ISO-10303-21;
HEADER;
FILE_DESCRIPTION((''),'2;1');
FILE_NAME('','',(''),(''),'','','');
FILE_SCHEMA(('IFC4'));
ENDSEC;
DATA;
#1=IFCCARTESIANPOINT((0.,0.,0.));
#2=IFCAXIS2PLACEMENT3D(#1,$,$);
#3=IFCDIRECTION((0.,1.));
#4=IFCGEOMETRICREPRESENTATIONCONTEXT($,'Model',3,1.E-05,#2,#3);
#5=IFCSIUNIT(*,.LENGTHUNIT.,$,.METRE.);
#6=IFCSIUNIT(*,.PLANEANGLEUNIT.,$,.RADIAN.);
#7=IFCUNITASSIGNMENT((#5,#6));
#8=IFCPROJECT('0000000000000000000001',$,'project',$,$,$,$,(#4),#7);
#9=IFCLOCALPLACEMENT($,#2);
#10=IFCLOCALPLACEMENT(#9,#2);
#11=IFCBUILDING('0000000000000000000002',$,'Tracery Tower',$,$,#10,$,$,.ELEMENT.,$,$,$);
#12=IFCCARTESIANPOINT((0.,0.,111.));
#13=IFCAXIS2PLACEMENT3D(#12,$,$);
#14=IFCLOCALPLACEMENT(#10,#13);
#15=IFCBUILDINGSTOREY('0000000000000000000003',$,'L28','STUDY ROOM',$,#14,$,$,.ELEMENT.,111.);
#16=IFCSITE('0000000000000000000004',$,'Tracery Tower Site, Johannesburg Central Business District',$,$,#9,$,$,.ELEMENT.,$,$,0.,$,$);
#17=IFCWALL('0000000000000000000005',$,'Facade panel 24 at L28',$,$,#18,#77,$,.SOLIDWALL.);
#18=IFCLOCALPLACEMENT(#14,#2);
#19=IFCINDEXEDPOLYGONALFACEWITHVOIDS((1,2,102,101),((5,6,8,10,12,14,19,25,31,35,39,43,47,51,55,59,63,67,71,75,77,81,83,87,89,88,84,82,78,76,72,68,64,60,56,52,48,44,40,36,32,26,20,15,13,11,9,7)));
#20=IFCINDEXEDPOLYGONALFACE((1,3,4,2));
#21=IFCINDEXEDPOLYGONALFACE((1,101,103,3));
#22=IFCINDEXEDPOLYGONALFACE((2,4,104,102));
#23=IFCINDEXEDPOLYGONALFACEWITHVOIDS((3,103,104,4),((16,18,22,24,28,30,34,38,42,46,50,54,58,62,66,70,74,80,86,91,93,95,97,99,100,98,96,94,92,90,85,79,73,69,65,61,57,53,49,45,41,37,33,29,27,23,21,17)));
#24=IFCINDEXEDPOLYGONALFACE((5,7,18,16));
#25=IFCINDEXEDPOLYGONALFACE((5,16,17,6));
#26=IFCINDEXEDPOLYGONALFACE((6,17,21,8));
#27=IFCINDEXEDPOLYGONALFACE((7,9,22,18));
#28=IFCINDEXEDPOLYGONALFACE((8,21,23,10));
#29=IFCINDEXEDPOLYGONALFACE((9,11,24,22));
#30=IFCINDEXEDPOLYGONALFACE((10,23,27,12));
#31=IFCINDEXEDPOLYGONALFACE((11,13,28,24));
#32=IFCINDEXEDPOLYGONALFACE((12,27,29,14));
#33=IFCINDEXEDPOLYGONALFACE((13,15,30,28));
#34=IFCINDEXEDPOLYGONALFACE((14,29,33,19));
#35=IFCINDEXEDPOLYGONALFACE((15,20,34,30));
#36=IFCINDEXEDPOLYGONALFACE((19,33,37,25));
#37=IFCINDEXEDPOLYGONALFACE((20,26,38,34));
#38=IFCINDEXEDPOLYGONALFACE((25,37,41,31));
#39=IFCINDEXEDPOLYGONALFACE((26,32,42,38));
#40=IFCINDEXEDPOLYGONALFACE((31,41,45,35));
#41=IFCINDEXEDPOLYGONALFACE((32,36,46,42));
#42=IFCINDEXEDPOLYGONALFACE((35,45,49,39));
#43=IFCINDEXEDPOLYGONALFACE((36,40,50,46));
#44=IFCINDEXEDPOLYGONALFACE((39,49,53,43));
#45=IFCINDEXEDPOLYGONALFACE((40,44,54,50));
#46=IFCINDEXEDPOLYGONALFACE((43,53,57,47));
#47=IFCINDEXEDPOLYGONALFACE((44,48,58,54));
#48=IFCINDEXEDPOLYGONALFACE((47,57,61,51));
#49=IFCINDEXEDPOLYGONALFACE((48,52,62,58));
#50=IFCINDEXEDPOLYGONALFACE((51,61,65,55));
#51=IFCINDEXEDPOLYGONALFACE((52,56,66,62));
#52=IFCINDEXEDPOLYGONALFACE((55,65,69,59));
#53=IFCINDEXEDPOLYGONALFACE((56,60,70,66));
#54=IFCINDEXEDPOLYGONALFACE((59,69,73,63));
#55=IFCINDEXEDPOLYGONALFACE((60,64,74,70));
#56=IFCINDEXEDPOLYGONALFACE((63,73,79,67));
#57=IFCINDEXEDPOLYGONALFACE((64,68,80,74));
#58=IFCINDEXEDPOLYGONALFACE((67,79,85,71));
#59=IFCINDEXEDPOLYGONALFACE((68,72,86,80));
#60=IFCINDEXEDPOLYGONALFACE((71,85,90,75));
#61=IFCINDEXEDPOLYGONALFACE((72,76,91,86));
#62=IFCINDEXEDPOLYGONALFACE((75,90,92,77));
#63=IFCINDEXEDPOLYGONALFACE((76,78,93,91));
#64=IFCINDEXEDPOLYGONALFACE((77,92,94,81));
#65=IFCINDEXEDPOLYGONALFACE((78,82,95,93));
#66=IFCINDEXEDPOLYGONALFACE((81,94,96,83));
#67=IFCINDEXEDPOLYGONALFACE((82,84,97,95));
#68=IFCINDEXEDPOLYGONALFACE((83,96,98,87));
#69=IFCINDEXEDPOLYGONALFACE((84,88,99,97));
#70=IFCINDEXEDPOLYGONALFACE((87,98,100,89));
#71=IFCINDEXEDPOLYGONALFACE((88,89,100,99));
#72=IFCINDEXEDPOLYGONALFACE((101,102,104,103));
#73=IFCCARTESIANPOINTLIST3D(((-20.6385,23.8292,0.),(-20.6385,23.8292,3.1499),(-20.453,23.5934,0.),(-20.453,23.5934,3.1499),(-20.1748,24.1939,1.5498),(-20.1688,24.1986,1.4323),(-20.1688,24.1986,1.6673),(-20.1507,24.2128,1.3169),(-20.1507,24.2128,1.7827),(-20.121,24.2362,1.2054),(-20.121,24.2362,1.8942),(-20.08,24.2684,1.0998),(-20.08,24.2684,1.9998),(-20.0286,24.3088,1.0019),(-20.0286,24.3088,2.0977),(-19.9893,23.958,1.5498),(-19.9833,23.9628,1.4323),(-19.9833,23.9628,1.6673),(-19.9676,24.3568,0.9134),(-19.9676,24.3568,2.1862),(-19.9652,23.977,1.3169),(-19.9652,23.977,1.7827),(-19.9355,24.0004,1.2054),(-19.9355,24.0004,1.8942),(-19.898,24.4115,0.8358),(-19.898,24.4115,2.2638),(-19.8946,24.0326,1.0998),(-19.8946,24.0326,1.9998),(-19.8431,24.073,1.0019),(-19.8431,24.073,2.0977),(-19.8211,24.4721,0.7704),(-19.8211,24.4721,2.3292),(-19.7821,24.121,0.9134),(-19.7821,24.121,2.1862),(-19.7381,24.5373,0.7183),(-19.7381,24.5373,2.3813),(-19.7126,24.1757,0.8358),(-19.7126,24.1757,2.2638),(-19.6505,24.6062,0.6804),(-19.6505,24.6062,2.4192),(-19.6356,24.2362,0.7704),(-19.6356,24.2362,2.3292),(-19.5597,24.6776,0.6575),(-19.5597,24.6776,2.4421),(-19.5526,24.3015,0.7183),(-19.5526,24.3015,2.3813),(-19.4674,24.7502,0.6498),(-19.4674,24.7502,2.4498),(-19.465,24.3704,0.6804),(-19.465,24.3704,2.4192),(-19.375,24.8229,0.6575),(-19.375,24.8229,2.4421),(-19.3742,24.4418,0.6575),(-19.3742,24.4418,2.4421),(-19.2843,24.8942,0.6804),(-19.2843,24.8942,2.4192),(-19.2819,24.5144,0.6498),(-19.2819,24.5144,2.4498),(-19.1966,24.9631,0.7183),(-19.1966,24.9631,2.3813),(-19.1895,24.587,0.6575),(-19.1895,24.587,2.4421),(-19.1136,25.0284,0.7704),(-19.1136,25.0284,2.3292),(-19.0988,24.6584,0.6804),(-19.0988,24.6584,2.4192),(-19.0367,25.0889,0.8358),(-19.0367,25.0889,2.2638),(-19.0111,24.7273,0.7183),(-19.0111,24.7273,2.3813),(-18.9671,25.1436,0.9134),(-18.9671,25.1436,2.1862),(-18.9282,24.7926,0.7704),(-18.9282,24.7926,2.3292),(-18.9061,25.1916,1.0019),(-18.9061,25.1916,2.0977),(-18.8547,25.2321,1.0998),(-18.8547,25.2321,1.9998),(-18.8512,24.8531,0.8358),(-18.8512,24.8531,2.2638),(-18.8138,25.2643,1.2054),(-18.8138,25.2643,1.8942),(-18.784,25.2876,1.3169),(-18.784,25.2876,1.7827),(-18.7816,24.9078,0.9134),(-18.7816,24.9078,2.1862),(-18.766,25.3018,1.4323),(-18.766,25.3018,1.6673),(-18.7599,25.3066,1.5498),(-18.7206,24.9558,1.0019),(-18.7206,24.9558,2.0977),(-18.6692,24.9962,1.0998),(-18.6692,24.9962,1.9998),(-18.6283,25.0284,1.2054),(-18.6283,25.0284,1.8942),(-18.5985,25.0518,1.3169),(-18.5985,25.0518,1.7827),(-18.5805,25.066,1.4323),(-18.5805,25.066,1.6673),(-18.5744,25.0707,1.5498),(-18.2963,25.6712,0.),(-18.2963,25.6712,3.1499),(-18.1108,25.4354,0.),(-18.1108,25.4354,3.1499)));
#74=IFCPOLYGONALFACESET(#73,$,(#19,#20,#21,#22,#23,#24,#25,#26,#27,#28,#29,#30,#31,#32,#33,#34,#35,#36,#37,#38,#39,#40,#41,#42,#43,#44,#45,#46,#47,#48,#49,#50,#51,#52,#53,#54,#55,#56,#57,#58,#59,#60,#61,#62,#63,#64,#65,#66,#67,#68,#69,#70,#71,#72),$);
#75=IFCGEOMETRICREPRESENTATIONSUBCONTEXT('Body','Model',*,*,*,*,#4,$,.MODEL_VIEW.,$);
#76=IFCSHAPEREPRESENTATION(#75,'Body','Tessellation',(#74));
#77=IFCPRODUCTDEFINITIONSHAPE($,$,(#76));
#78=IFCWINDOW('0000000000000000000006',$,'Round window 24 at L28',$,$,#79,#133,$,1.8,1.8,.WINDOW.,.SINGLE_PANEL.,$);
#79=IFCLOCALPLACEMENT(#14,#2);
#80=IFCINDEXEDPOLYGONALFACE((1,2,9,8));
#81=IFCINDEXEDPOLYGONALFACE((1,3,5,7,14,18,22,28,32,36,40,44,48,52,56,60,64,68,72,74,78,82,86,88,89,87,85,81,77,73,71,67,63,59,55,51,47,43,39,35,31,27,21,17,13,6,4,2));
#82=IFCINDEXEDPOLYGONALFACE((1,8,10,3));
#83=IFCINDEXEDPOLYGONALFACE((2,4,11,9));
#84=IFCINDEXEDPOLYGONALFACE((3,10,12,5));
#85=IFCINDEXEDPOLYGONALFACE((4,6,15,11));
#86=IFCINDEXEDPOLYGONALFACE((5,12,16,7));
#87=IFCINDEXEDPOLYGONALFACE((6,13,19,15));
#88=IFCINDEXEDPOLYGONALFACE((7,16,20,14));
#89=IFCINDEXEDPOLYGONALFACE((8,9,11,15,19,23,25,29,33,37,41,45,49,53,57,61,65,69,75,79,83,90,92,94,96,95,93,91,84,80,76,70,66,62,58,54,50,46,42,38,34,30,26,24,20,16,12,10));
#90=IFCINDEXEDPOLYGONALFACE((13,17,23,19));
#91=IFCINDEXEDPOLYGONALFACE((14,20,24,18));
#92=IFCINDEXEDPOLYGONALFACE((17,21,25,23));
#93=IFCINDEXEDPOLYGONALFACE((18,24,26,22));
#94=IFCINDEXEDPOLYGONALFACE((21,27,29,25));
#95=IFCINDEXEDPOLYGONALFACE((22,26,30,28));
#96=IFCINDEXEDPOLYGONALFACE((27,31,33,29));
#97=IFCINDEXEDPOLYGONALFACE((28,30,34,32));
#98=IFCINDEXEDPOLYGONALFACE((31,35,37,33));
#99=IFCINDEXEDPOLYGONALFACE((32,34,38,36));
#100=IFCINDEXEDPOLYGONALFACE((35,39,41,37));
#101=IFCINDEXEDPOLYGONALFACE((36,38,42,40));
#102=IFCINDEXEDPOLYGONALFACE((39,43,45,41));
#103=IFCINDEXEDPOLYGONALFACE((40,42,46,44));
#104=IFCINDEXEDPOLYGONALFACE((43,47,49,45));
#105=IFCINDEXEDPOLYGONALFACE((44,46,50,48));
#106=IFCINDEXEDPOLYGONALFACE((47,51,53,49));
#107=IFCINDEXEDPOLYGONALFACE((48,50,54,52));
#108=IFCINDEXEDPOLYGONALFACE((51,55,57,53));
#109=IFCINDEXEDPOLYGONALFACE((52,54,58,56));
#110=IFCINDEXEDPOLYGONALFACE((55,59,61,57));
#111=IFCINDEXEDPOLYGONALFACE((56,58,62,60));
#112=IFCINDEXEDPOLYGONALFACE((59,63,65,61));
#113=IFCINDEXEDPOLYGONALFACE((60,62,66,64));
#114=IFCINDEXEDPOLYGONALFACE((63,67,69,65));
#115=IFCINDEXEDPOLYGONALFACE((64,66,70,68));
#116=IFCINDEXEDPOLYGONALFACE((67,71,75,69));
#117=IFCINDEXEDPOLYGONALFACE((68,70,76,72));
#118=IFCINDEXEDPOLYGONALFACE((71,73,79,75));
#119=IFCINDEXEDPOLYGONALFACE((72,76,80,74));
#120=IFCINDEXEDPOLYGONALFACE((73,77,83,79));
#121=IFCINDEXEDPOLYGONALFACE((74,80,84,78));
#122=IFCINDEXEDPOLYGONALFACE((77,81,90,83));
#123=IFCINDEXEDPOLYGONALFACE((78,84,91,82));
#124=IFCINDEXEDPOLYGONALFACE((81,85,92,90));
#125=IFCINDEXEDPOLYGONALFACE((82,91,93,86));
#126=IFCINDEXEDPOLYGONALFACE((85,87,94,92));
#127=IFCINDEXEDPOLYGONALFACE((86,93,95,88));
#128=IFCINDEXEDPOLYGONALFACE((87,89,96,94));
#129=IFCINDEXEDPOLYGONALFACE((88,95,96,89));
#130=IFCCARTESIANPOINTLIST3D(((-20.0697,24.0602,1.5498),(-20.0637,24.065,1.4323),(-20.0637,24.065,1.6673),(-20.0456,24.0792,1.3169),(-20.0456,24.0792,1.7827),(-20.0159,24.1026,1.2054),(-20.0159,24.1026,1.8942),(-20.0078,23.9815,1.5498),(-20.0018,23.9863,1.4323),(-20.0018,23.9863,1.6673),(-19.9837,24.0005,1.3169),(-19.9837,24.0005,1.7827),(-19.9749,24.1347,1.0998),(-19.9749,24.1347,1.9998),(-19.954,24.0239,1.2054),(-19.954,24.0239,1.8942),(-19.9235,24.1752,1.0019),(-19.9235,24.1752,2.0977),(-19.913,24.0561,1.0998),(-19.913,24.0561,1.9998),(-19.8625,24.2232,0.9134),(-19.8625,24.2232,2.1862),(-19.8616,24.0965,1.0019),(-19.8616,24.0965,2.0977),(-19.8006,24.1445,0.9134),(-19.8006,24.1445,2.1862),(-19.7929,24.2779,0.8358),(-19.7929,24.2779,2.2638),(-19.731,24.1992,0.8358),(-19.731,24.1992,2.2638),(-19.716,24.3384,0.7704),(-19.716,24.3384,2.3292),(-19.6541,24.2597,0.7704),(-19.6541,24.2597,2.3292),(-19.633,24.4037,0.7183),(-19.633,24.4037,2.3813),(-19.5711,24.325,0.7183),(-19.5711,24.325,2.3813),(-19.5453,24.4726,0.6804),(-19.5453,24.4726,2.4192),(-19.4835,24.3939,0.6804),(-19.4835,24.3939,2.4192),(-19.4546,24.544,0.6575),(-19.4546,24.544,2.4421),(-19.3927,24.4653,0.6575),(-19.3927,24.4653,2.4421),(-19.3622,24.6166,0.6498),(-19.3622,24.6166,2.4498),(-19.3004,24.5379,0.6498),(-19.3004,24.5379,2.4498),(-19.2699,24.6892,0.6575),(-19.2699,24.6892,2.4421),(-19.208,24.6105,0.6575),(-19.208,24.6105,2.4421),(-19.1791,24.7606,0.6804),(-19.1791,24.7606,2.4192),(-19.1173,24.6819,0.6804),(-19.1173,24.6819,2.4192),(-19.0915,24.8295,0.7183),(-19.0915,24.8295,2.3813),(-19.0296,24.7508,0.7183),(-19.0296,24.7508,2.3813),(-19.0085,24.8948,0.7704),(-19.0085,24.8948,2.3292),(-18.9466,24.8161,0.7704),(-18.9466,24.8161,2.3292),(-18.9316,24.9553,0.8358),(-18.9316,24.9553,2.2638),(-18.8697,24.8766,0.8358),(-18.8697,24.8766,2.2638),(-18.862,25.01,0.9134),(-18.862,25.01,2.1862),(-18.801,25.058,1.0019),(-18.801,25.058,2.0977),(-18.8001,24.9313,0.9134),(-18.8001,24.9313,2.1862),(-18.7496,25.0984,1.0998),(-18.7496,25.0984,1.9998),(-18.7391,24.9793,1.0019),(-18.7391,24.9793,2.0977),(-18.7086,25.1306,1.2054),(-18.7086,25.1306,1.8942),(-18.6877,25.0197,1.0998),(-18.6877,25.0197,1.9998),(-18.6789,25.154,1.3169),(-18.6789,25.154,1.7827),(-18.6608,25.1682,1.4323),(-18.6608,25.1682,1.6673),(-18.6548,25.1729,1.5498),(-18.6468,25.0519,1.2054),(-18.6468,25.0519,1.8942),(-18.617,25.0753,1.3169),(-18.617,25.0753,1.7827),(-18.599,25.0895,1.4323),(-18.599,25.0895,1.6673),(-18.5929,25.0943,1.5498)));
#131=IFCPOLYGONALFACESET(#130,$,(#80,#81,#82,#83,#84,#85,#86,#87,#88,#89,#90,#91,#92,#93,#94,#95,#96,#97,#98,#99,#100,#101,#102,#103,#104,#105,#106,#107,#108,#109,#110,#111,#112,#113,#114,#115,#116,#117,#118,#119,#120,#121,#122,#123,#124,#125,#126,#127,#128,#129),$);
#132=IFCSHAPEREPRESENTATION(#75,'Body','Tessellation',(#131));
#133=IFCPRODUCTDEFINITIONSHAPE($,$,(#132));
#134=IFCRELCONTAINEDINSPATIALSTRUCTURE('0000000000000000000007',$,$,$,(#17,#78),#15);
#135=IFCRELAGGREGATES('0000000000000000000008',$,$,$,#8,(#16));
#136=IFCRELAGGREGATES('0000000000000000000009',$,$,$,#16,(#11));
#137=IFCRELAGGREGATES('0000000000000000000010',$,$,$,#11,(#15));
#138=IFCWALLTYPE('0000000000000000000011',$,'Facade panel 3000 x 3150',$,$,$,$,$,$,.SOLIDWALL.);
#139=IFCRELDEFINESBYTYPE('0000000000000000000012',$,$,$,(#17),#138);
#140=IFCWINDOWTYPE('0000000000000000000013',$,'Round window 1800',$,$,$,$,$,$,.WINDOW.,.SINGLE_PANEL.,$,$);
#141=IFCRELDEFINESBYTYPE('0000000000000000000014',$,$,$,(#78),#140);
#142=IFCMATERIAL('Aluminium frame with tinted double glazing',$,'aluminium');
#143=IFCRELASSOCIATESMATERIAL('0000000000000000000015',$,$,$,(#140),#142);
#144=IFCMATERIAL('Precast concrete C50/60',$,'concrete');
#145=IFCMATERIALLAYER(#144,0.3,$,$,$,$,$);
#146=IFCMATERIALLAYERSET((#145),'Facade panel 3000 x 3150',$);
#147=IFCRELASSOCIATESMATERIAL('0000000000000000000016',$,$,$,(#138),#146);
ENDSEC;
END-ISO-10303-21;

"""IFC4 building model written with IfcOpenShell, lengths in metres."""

from ifc_helpers import new_model, si_unit, direction, frame, frame_2d, origin, origin_2d, place, context, subcontext, project, spatial, rectangle, circle, extrude, material, layer, layer_set, type_object, element, fill, save


model = new_model("IFC4")

# Units and contexts
model_context = context("Model", 3, precision=1e-05, world=origin(), true_north=direction((0.0, 1.0)))
body_context = subcontext(model_context, "Body", "Model", "MODEL_VIEW")
ifc_project = project(units=[si_unit("LENGTHUNIT", "METRE"), si_unit("PLANEANGLEUNIT", "RADIAN")], contexts=[model_context])

# Site, building, storey
site_placement = place(None, origin())
site = spatial("IfcSite", under=ifc_project, at=site_placement, Name="Tracery Tower Site, Johannesburg Central Business District", CompositionType="ELEMENT", RefElevation=0.0)
building_placement = place(site_placement, origin())
building = spatial("IfcBuilding", under=site, at=building_placement, Name="Tracery Tower", CompositionType="ELEMENT")
storey_placement = place(building_placement, frame((0.0, 0.0, 111.0)))
storey = spatial("IfcBuildingStorey", under=building, at=storey_placement, Name="L28", Description="STUDY ROOM", CompositionType="ELEMENT", Elevation=111.0)

# Wall, opening, window
ifc_material_1 = material(Name="Aluminium frame with tinted double glazing", Category="aluminium")
window_type = type_object("IfcWindowType", Name="Round window 1800", PartitioningType="SINGLE_PANEL", PredefinedType="WINDOW", material=ifc_material_1)
ifc_material_2 = material(Name="Precast concrete C50/60", Category="concrete")
ifc_layer_1 = layer(ifc_material_2, 0.3)
ifc_layer_set_1 = layer_set([ifc_layer_1], Name="Facade panel 3000 x 3150")
wall_type_1 = type_object("IfcWallType", Name="Facade panel 3000 x 3150", PredefinedType="SOLIDWALL", material=ifc_layer_set_1)
wall_1_placement = place(storey_placement, frame((-18.2036, 25.5532, 0.0), z_axis=(0.0, 0.0, 1.0), x_axis=(-0.786045, -0.618169, 0.0)))
wall_1 = element("IfcWall", 1, at=wall_1_placement, inside=storey, type_object=wall_type_1, Name="Facade panel 24 at L28", PredefinedType="SOLIDWALL", context=body_context, shape_type="SweptSolid", body=[
    extrude(rectangle(XDim=2.9797, YDim=0.3, at=frame_2d((1.4897, 0.0))), origin(), (0.0, 0.0, 1.0), 3.1499),
])
opening_1_placement = place(wall_1_placement, frame((1.4897, 0.0, 1.5498)))
opening_1 = element("IfcOpeningElement", 2, at=opening_1_placement, cuts=wall_1, PredefinedType="OPENING", context=body_context, shape_type="SweptSolid", body=[
    extrude(circle(Radius=0.9, at=origin_2d()), frame((0.0, 0.1599, 0.0), z_axis=(0.0, -1.0, 0.0), x_axis=(1.0, 0.0, 0.0)), (0.0, 0.0, 1.0), 0.3201),
])
window_1_placement = place(opening_1_placement, origin())
window_1 = element("IfcWindow", 3, at=window_1_placement, inside=storey, type_object=window_type, Name="Round window 24 at L28", OverallHeight=1.8, OverallWidth=1.8, PartitioningType="SINGLE_PANEL", PredefinedType="WINDOW", context=body_context, shape_type="SweptSolid", body=[
    extrude(circle(Radius=0.9, at=origin_2d()), frame((0.0, 0.1201, 0.0), z_axis=(0.0, -1.0, 0.0), x_axis=(1.0, 0.0, 0.0)), (0.0, 0.0, 1.0), 0.1001),
])
fill(opening_1, window_1)

save(model, "model.ifc")
